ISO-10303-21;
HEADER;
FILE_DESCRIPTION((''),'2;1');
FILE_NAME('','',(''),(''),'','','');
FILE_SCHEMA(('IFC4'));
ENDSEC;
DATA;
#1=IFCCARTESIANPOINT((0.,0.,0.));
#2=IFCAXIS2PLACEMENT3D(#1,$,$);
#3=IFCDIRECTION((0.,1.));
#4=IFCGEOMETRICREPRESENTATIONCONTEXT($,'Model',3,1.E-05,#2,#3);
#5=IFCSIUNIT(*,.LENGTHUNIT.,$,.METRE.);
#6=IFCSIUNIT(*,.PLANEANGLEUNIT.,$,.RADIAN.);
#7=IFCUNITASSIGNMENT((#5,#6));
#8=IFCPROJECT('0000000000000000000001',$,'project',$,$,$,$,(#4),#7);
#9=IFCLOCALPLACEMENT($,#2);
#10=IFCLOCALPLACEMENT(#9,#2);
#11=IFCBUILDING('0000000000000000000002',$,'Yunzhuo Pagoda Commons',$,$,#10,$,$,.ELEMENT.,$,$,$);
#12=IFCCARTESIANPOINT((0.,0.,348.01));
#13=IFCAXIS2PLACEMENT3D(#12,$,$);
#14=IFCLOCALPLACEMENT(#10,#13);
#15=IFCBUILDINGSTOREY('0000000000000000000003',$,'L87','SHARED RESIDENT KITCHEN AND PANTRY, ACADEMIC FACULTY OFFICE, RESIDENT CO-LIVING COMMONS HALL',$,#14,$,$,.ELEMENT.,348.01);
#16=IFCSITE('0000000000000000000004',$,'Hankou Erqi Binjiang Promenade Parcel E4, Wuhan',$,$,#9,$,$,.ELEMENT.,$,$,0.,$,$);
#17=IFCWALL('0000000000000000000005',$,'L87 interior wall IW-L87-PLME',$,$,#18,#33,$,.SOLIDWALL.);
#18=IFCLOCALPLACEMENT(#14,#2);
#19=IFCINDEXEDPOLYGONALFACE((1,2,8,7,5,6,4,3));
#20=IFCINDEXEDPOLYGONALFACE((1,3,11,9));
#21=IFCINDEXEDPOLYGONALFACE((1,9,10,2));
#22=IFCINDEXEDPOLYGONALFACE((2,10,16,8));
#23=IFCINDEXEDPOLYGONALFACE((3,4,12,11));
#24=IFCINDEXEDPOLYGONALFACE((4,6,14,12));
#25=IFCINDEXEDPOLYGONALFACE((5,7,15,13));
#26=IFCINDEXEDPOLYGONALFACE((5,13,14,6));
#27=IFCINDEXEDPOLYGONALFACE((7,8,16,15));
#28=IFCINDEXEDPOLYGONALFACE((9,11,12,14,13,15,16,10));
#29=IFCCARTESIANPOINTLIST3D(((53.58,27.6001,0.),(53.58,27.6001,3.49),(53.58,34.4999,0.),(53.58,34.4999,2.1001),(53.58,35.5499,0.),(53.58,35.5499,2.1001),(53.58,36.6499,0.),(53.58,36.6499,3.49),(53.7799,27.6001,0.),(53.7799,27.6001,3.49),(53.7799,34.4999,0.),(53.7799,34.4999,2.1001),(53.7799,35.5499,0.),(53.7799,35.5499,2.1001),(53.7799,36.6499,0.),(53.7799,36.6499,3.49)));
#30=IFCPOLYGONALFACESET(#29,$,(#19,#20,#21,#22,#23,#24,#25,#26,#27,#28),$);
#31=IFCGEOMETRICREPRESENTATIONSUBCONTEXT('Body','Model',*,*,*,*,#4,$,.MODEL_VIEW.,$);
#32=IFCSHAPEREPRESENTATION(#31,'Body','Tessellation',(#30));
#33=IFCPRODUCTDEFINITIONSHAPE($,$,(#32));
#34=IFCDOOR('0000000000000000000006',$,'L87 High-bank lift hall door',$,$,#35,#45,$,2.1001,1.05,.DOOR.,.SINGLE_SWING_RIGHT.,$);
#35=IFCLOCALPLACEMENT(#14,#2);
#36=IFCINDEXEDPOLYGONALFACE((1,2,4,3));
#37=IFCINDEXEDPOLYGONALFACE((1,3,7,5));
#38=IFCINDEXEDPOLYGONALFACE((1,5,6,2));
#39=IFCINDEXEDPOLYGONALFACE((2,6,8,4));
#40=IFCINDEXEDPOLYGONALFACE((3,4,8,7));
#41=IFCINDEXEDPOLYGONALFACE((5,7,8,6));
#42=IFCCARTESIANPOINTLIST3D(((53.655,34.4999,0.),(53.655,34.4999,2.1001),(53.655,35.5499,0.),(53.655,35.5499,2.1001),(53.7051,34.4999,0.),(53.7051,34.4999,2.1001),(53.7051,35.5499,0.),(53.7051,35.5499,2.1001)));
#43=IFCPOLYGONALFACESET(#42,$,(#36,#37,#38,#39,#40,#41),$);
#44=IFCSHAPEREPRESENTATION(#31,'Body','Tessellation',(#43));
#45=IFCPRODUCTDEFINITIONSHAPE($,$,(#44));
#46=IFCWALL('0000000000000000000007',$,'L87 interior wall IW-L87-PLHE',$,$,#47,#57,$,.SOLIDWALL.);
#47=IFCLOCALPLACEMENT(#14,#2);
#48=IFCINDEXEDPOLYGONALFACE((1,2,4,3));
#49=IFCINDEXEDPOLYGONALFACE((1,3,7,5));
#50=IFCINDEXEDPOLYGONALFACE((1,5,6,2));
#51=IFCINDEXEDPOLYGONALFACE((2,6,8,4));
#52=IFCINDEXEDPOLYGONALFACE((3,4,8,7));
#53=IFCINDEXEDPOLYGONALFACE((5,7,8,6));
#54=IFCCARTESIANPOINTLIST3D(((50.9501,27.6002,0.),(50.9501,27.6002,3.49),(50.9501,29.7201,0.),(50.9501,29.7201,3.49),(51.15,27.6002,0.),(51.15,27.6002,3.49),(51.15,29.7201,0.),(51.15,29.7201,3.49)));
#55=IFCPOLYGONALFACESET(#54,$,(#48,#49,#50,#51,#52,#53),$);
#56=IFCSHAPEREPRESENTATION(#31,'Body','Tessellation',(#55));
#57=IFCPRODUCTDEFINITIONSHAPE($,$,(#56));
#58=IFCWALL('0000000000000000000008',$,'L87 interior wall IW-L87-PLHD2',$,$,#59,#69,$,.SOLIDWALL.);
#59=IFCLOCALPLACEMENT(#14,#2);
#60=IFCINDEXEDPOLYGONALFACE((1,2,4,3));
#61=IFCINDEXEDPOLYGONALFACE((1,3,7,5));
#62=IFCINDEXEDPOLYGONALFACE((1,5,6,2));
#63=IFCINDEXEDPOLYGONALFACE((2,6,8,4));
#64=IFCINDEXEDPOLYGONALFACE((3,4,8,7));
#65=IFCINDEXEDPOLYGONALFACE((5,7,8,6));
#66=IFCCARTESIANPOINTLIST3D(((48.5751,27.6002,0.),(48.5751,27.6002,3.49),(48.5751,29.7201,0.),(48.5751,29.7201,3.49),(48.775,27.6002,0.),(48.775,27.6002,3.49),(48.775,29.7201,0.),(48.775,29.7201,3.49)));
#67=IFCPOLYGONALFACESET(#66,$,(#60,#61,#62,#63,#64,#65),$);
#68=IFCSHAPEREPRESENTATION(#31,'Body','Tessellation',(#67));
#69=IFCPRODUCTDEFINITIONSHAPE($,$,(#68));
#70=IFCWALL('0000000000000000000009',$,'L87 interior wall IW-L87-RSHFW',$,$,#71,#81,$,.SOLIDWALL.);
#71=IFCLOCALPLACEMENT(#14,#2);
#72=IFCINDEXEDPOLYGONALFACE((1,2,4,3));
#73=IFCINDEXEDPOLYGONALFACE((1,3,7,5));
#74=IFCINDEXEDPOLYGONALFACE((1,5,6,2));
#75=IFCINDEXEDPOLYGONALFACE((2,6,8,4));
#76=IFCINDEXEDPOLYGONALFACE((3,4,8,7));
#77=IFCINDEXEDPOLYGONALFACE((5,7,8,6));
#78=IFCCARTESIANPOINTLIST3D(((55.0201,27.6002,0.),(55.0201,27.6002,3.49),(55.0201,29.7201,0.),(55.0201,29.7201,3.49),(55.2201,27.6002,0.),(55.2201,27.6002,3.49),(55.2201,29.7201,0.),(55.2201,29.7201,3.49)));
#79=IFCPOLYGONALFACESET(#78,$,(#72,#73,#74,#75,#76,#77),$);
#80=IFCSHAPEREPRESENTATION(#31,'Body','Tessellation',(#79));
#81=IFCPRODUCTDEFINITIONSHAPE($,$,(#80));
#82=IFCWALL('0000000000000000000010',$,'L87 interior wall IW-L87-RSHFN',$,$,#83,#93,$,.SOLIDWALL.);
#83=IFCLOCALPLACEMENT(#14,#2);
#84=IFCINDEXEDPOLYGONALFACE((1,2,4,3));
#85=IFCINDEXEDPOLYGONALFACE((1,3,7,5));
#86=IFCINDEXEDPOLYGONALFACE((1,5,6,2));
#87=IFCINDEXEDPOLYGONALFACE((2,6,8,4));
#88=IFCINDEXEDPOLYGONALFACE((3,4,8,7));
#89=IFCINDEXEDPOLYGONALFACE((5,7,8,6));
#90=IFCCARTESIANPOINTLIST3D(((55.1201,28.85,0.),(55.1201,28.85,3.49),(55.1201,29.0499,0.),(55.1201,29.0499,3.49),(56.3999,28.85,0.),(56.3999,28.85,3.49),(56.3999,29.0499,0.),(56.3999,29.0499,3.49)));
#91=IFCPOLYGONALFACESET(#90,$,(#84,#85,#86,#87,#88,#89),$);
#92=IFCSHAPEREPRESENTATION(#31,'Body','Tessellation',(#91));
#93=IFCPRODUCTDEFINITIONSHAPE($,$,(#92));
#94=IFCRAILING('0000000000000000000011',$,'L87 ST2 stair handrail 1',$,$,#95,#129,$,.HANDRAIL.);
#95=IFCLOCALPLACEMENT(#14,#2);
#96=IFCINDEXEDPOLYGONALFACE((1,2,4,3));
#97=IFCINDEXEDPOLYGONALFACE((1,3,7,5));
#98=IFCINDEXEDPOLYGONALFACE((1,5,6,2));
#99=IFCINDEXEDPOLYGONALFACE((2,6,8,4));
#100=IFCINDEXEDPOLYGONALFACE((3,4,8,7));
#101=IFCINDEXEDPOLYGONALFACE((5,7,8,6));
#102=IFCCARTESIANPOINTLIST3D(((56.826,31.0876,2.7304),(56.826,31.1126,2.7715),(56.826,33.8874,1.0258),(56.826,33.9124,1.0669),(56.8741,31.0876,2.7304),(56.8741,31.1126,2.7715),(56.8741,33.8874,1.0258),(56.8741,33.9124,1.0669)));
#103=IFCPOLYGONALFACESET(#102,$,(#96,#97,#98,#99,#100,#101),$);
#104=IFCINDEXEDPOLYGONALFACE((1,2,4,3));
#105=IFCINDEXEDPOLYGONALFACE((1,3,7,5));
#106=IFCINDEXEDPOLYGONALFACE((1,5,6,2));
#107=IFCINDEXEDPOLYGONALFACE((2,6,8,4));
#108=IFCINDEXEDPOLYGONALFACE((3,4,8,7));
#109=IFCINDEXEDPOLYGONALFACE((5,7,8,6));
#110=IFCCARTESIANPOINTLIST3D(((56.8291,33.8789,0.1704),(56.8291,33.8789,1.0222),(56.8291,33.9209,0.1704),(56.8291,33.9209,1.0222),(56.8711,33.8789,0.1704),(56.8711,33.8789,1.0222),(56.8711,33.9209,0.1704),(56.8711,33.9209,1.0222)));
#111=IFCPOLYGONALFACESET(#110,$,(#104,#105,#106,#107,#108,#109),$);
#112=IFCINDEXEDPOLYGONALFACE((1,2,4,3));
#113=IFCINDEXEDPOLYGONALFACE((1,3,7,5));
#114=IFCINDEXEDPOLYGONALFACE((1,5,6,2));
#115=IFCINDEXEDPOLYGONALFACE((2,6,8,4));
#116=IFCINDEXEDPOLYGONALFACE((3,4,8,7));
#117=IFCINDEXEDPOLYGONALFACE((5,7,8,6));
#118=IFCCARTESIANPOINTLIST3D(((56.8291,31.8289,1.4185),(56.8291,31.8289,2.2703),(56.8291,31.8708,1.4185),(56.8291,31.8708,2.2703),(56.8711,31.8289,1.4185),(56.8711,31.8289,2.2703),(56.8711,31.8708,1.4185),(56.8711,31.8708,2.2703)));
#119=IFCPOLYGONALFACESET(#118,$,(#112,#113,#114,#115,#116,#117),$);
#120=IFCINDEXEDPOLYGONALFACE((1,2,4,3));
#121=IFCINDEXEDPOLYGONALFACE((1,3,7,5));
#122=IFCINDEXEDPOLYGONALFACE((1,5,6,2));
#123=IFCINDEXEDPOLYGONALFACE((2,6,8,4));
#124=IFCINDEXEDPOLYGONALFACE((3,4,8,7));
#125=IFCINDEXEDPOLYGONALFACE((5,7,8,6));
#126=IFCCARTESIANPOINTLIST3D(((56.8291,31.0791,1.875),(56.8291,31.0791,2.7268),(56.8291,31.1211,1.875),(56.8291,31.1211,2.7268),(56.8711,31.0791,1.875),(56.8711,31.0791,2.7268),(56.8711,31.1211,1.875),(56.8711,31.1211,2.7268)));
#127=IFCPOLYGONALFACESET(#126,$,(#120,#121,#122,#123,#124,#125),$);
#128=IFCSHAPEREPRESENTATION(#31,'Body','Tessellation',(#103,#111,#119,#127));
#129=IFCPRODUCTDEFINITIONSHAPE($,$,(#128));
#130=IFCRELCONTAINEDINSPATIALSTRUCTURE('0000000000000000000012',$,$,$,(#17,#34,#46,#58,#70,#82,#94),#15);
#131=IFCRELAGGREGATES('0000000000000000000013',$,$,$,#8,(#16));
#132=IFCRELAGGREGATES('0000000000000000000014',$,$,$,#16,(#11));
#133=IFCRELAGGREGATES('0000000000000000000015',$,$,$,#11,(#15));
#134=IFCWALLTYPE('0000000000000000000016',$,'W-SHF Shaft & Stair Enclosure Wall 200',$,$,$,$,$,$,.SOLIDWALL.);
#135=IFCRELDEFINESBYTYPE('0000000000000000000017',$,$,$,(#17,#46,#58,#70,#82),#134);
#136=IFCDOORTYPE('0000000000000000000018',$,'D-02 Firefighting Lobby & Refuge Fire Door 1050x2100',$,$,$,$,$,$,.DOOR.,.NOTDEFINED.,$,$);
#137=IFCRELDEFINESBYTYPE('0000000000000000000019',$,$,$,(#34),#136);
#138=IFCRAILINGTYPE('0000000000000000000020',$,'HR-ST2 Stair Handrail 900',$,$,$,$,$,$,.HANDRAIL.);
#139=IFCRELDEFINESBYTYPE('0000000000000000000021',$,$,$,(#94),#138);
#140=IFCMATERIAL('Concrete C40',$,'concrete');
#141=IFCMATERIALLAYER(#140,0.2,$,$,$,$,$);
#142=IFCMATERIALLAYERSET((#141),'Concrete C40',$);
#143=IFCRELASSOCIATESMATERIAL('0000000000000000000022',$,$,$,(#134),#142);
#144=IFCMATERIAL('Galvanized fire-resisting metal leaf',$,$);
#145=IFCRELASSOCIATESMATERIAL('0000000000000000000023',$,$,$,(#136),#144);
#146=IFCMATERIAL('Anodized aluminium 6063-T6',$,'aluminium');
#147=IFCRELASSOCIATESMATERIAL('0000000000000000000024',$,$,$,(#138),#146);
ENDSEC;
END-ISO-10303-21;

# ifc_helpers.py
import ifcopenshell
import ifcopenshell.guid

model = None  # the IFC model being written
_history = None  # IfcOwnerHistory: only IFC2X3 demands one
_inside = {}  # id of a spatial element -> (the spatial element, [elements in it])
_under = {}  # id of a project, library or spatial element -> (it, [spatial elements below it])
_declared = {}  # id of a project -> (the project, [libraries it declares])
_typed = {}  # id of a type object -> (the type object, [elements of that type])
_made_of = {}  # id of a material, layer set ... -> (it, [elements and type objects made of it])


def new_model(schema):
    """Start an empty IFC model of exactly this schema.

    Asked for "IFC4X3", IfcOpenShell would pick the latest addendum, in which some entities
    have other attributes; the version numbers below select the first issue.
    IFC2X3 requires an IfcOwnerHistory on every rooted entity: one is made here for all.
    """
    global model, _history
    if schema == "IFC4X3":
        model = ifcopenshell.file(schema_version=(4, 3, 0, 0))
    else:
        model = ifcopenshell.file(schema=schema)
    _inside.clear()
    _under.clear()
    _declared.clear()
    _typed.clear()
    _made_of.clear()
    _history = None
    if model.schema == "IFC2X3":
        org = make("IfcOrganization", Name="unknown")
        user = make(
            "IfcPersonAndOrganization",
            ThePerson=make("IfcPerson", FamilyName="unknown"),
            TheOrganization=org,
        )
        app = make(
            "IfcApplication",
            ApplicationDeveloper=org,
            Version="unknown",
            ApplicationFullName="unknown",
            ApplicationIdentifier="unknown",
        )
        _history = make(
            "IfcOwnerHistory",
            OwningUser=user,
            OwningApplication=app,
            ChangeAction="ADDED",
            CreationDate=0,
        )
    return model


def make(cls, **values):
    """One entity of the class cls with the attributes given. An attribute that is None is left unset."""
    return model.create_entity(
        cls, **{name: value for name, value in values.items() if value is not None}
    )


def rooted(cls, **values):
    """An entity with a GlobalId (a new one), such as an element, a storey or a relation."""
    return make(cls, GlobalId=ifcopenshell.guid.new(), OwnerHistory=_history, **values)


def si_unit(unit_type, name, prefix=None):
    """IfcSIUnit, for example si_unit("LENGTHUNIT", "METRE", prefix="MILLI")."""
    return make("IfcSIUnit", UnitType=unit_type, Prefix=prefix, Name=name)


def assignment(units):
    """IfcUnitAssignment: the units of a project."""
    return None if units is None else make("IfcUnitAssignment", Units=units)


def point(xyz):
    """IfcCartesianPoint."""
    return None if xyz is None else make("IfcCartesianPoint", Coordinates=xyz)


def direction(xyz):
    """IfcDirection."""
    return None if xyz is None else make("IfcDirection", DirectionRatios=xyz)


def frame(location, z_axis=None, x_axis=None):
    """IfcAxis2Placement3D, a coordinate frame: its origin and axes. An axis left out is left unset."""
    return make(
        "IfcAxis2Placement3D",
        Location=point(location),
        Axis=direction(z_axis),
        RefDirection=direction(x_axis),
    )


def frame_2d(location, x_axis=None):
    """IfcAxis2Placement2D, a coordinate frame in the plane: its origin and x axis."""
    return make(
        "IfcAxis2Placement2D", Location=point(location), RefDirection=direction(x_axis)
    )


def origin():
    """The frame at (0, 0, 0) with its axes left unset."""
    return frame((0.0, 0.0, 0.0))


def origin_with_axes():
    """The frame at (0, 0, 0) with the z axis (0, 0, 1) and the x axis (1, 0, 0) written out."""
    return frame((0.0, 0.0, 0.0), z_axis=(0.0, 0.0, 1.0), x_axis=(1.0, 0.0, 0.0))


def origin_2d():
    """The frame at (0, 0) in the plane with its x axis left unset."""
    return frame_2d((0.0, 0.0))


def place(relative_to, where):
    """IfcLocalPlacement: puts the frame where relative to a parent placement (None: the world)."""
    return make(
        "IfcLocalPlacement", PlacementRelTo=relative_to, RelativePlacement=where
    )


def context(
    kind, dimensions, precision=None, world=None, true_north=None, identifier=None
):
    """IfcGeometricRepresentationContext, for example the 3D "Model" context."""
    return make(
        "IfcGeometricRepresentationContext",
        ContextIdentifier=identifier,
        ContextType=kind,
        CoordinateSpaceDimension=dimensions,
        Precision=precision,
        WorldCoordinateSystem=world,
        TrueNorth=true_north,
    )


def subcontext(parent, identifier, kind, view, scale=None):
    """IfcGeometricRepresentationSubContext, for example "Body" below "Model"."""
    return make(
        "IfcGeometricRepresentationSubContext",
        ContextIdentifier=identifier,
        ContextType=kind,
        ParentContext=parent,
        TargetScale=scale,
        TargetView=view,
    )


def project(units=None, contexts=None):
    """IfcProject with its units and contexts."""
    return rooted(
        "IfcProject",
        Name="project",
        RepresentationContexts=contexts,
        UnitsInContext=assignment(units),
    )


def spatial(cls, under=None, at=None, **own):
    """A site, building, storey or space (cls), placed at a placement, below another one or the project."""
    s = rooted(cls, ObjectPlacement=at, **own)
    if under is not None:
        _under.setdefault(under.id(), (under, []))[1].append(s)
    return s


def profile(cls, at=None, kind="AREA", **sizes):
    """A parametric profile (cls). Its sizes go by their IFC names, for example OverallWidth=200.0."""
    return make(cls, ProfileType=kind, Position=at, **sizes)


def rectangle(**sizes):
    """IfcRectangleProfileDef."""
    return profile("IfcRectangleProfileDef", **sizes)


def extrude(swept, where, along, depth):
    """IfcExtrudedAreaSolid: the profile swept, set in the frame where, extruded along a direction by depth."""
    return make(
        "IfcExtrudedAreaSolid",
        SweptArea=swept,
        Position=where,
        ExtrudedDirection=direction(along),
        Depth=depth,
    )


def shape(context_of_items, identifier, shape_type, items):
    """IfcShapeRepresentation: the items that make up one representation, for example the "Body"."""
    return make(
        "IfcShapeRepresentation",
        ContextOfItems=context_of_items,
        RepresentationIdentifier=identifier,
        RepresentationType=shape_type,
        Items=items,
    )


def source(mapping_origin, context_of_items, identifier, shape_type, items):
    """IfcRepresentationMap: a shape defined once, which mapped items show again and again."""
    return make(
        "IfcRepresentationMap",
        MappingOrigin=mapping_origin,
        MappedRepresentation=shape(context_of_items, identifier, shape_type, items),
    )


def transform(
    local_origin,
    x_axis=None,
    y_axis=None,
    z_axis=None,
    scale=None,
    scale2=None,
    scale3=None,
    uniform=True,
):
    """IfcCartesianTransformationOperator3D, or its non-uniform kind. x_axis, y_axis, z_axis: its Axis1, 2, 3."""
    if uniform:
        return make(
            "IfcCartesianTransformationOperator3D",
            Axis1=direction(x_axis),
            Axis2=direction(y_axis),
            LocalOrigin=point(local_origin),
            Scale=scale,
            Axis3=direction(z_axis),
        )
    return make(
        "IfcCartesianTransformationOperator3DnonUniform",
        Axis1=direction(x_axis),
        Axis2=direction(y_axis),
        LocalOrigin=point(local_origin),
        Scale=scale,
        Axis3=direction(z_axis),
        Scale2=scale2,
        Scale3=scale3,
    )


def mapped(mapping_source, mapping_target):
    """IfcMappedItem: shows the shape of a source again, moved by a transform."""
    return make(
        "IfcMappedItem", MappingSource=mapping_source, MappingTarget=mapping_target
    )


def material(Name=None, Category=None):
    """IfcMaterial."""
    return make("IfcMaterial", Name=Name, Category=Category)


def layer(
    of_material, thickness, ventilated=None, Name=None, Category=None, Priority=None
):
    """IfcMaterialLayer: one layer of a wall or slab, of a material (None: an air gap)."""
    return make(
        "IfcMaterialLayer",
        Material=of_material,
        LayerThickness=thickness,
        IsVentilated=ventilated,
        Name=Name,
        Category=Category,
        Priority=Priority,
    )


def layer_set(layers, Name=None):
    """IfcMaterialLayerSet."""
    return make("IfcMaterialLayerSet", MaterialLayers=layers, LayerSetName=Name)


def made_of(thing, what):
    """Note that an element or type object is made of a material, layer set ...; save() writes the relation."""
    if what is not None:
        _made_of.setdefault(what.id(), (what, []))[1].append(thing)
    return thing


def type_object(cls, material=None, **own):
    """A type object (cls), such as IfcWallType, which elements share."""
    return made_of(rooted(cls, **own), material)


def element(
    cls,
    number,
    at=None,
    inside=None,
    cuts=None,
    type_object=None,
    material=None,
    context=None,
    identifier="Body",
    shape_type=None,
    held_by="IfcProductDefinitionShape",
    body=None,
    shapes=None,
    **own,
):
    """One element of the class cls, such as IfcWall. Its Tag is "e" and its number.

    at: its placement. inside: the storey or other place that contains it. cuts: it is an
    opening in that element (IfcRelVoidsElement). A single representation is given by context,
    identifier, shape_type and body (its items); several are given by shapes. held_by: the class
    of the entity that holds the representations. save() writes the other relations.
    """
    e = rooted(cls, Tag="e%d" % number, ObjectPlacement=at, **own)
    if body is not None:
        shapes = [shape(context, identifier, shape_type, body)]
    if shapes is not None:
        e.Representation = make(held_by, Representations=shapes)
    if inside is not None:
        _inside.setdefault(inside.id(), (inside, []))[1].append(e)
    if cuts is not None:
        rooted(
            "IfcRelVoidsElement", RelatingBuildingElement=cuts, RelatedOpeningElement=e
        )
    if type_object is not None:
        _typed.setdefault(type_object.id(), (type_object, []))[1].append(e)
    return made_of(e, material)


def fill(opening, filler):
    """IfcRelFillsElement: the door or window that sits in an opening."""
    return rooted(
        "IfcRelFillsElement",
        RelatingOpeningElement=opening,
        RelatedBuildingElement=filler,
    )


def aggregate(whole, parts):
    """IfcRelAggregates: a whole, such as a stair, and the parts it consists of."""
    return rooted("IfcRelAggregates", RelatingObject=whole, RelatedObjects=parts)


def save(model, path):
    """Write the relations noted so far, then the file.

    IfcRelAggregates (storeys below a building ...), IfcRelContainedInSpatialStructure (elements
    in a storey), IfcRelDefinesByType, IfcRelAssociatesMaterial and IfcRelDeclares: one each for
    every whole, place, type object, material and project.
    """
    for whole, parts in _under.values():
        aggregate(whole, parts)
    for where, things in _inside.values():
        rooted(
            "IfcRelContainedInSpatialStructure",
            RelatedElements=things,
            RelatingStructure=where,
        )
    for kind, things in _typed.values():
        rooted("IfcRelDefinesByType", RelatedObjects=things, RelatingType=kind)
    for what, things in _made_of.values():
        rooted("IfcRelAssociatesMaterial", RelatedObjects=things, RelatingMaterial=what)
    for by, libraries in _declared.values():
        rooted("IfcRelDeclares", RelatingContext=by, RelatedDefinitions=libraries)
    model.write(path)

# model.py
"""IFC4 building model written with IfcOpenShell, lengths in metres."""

from ifc_helpers import new_model, si_unit, direction, frame, frame_2d, origin, origin_with_axes, origin_2d, place, context, subcontext, project, spatial, rectangle, extrude, source, transform, mapped, material, layer, layer_set, type_object, element, fill, save


model = new_model("IFC4")

# Units and contexts
model_context = context("Model", 3, precision=1e-05, world=origin(), true_north=direction((0.0, 1.0)))
body_context = subcontext(model_context, "Body", "Model", "MODEL_VIEW")
ifc_project = project(units=[si_unit("LENGTHUNIT", "METRE"), si_unit("PLANEANGLEUNIT", "RADIAN")], contexts=[model_context])

# Site, building, storey
site_placement = place(None, origin())
site = spatial("IfcSite", under=ifc_project, at=site_placement, Name="Hankou Erqi Binjiang Promenade Parcel E4, Wuhan", CompositionType="ELEMENT", RefElevation=0.0)
building_placement = place(site_placement, origin())
building = spatial("IfcBuilding", under=site, at=building_placement, Name="Yunzhuo Pagoda Commons", CompositionType="ELEMENT")
storey_placement = place(building_placement, frame((0.0, 0.0, 348.01)))
storey = spatial("IfcBuildingStorey", under=building, at=storey_placement, Name="L87", Description="SHARED RESIDENT KITCHEN AND PANTRY, ACADEMIC FACULTY OFFICE, RESIDENT CO-LIVING COMMONS HALL", CompositionType="ELEMENT", Elevation=348.01)

# Shared definitions
ifc_material_1 = material(Name="Galvanized fire-resisting metal leaf")

# Wall, opening, door
ifc_material_2 = material(Name="Concrete C40", Category="concrete")
ifc_layer_1 = layer(ifc_material_2, 0.2)
ifc_layer_set_1 = layer_set([ifc_layer_1], Name="Concrete C40")
wall_type_1 = type_object("IfcWallType", Name="W-SHF Shaft & Stair Enclosure Wall 200", PredefinedType="SOLIDWALL", material=ifc_layer_set_1)
wall_1_placement = place(storey_placement, frame((53.6799, 27.6001, 0.0), z_axis=(0.0, 0.0, 1.0), x_axis=(0.0, 1.0, 0.0)))
wall_1 = element("IfcWall", 1, at=wall_1_placement, inside=storey, type_object=wall_type_1, Name="L87 interior wall IW-L87-PLME", PredefinedType="SOLIDWALL", context=body_context, shape_type="SweptSolid", body=[
    extrude(rectangle(XDim=9.0498, YDim=0.2, at=frame_2d((4.5249, 0.0))), origin(), (0.0, 0.0, 1.0), 3.49),
])
opening_1_placement = place(wall_1_placement, frame((6.8999, 0.0, 0.0)))
opening_1 = element("IfcOpeningElement", 2, at=opening_1_placement, cuts=wall_1, PredefinedType="OPENING", context=body_context, shape_type="SweptSolid", body=[
    extrude(rectangle(XDim=1.05, YDim=2.1001, at=frame_2d((0.5249, 1.05))), frame((0.0, 0.1099, 0.0), z_axis=(0.0, -1.0, 0.0), x_axis=(1.0, 0.0, 0.0)), (0.0, 0.0, 1.0), 0.22),
])
door_type_1 = type_object("IfcDoorType", Name="D-02 Firefighting Lobby & Refuge Fire Door 1050x2100", OperationType="NOTDEFINED", PredefinedType="DOOR", material=ifc_material_1)
shared_shape_1 = source(origin(), body_context, "Body", "SweptSolid", [
    extrude(rectangle(XDim=1.05, YDim=2.1001, at=frame_2d((0.5249, 1.05))), frame((0.0, 0.0249, 0.0), z_axis=(0.0, -1.0, 0.0), x_axis=(1.0, 0.0, 0.0)), (0.0, 0.0, 1.0), 0.05),
])
door_1_placement = place(opening_1_placement, origin_with_axes())
door_1 = element("IfcDoor", 3, at=door_1_placement, inside=storey, type_object=door_type_1, Name="L87 High-bank lift hall door", OperationType="SINGLE_SWING_RIGHT", OverallHeight=2.1001, OverallWidth=1.05, PredefinedType="DOOR", context=body_context, shape_type="MappedRepresentation", body=[
    mapped(shared_shape_1, transform((0.0, 0.0, 0.0), scale=1.0)),
])
fill(opening_1, door_1)

# Walls
for number, where, z_axis, x_axis, name in (
    (4, (51.05, 27.6001, 0.0), (0.0, 0.0, 1.0), (0.0, 1.0, 0.0), "L87 interior wall IW-L87-PLHE"),
    (5, (48.675, 27.6001, 0.0), (0.0, 0.0, 1.0), (0.0, 1.0, 0.0), "L87 interior wall IW-L87-PLHD2"),
    (6, (55.1201, 27.6001, 0.0), (0.0, 0.0, 1.0), (0.0, 1.0, 0.0), "L87 interior wall IW-L87-RSHFW"),
):
    element("IfcWall", number, at=place(storey_placement, frame(where, z_axis=z_axis, x_axis=x_axis)), inside=storey, type_object=wall_type_1, Name=name, PredefinedType="SOLIDWALL", context=body_context, shape_type="SweptSolid", body=[
        extrude(rectangle(XDim=2.1199, YDim=0.2, at=frame_2d((1.0601, 0.0))), origin(), (0.0, 0.0, 1.0), 3.49),
    ])
wall_2_placement = place(storey_placement, frame((55.1201, 28.95, 0.0), z_axis=(0.0, 0.0, 1.0), x_axis=(1.0, 0.0, 0.0)))
element("IfcWall", 7, at=wall_2_placement, inside=storey, type_object=wall_type_1, Name="L87 interior wall IW-L87-RSHFN", PredefinedType="SOLIDWALL", context=body_context, shape_type="SweptSolid", body=[
    extrude(rectangle(XDim=1.2798, YDim=0.2, at=frame_2d((0.6399, 0.0))), origin(), (0.0, 0.0, 1.0), 3.49),
])

# Railing
ifc_material_3 = material(Name="Anodized aluminium 6063-T6", Category="aluminium")
railing_type = type_object("IfcRailingType", Name="HR-ST2 Stair Handrail 900", PredefinedType="HANDRAIL", material=ifc_material_3)
railing_placement = place(storey_placement, frame((56.8501, 33.8999, 0.1704)))
element("IfcRailing", 8, at=railing_placement, inside=storey, type_object=railing_type, Name="L87 ST2 stair handrail 1", PredefinedType="HANDRAIL", context=body_context, shape_type="SweptSolid", body=[
    extrude(rectangle(XDim=0.0481, YDim=0.0481, at=origin_2d()), frame((0.0, 0.0, 0.876), z_axis=(0.0, -0.85415, 0.520027), x_axis=(1.0, 0.0, 0.0)), (0.0, 0.0, 1.0), 3.2778),
    extrude(rectangle(XDim=0.042, YDim=0.042, at=origin_2d()), origin(), (0.0, 0.0, 1.0), 0.8518),
    extrude(rectangle(XDim=0.042, YDim=0.042, at=origin_2d()), frame((0.0, -2.05, 1.248)), (0.0, 0.0, 1.0), 0.8518),
    extrude(rectangle(XDim=0.042, YDim=0.042, at=origin_2d()), frame((0.0, -2.7998, 1.7046)), (0.0, 0.0, 1.0), 0.8518),
])

save(model, "model.ifc")
